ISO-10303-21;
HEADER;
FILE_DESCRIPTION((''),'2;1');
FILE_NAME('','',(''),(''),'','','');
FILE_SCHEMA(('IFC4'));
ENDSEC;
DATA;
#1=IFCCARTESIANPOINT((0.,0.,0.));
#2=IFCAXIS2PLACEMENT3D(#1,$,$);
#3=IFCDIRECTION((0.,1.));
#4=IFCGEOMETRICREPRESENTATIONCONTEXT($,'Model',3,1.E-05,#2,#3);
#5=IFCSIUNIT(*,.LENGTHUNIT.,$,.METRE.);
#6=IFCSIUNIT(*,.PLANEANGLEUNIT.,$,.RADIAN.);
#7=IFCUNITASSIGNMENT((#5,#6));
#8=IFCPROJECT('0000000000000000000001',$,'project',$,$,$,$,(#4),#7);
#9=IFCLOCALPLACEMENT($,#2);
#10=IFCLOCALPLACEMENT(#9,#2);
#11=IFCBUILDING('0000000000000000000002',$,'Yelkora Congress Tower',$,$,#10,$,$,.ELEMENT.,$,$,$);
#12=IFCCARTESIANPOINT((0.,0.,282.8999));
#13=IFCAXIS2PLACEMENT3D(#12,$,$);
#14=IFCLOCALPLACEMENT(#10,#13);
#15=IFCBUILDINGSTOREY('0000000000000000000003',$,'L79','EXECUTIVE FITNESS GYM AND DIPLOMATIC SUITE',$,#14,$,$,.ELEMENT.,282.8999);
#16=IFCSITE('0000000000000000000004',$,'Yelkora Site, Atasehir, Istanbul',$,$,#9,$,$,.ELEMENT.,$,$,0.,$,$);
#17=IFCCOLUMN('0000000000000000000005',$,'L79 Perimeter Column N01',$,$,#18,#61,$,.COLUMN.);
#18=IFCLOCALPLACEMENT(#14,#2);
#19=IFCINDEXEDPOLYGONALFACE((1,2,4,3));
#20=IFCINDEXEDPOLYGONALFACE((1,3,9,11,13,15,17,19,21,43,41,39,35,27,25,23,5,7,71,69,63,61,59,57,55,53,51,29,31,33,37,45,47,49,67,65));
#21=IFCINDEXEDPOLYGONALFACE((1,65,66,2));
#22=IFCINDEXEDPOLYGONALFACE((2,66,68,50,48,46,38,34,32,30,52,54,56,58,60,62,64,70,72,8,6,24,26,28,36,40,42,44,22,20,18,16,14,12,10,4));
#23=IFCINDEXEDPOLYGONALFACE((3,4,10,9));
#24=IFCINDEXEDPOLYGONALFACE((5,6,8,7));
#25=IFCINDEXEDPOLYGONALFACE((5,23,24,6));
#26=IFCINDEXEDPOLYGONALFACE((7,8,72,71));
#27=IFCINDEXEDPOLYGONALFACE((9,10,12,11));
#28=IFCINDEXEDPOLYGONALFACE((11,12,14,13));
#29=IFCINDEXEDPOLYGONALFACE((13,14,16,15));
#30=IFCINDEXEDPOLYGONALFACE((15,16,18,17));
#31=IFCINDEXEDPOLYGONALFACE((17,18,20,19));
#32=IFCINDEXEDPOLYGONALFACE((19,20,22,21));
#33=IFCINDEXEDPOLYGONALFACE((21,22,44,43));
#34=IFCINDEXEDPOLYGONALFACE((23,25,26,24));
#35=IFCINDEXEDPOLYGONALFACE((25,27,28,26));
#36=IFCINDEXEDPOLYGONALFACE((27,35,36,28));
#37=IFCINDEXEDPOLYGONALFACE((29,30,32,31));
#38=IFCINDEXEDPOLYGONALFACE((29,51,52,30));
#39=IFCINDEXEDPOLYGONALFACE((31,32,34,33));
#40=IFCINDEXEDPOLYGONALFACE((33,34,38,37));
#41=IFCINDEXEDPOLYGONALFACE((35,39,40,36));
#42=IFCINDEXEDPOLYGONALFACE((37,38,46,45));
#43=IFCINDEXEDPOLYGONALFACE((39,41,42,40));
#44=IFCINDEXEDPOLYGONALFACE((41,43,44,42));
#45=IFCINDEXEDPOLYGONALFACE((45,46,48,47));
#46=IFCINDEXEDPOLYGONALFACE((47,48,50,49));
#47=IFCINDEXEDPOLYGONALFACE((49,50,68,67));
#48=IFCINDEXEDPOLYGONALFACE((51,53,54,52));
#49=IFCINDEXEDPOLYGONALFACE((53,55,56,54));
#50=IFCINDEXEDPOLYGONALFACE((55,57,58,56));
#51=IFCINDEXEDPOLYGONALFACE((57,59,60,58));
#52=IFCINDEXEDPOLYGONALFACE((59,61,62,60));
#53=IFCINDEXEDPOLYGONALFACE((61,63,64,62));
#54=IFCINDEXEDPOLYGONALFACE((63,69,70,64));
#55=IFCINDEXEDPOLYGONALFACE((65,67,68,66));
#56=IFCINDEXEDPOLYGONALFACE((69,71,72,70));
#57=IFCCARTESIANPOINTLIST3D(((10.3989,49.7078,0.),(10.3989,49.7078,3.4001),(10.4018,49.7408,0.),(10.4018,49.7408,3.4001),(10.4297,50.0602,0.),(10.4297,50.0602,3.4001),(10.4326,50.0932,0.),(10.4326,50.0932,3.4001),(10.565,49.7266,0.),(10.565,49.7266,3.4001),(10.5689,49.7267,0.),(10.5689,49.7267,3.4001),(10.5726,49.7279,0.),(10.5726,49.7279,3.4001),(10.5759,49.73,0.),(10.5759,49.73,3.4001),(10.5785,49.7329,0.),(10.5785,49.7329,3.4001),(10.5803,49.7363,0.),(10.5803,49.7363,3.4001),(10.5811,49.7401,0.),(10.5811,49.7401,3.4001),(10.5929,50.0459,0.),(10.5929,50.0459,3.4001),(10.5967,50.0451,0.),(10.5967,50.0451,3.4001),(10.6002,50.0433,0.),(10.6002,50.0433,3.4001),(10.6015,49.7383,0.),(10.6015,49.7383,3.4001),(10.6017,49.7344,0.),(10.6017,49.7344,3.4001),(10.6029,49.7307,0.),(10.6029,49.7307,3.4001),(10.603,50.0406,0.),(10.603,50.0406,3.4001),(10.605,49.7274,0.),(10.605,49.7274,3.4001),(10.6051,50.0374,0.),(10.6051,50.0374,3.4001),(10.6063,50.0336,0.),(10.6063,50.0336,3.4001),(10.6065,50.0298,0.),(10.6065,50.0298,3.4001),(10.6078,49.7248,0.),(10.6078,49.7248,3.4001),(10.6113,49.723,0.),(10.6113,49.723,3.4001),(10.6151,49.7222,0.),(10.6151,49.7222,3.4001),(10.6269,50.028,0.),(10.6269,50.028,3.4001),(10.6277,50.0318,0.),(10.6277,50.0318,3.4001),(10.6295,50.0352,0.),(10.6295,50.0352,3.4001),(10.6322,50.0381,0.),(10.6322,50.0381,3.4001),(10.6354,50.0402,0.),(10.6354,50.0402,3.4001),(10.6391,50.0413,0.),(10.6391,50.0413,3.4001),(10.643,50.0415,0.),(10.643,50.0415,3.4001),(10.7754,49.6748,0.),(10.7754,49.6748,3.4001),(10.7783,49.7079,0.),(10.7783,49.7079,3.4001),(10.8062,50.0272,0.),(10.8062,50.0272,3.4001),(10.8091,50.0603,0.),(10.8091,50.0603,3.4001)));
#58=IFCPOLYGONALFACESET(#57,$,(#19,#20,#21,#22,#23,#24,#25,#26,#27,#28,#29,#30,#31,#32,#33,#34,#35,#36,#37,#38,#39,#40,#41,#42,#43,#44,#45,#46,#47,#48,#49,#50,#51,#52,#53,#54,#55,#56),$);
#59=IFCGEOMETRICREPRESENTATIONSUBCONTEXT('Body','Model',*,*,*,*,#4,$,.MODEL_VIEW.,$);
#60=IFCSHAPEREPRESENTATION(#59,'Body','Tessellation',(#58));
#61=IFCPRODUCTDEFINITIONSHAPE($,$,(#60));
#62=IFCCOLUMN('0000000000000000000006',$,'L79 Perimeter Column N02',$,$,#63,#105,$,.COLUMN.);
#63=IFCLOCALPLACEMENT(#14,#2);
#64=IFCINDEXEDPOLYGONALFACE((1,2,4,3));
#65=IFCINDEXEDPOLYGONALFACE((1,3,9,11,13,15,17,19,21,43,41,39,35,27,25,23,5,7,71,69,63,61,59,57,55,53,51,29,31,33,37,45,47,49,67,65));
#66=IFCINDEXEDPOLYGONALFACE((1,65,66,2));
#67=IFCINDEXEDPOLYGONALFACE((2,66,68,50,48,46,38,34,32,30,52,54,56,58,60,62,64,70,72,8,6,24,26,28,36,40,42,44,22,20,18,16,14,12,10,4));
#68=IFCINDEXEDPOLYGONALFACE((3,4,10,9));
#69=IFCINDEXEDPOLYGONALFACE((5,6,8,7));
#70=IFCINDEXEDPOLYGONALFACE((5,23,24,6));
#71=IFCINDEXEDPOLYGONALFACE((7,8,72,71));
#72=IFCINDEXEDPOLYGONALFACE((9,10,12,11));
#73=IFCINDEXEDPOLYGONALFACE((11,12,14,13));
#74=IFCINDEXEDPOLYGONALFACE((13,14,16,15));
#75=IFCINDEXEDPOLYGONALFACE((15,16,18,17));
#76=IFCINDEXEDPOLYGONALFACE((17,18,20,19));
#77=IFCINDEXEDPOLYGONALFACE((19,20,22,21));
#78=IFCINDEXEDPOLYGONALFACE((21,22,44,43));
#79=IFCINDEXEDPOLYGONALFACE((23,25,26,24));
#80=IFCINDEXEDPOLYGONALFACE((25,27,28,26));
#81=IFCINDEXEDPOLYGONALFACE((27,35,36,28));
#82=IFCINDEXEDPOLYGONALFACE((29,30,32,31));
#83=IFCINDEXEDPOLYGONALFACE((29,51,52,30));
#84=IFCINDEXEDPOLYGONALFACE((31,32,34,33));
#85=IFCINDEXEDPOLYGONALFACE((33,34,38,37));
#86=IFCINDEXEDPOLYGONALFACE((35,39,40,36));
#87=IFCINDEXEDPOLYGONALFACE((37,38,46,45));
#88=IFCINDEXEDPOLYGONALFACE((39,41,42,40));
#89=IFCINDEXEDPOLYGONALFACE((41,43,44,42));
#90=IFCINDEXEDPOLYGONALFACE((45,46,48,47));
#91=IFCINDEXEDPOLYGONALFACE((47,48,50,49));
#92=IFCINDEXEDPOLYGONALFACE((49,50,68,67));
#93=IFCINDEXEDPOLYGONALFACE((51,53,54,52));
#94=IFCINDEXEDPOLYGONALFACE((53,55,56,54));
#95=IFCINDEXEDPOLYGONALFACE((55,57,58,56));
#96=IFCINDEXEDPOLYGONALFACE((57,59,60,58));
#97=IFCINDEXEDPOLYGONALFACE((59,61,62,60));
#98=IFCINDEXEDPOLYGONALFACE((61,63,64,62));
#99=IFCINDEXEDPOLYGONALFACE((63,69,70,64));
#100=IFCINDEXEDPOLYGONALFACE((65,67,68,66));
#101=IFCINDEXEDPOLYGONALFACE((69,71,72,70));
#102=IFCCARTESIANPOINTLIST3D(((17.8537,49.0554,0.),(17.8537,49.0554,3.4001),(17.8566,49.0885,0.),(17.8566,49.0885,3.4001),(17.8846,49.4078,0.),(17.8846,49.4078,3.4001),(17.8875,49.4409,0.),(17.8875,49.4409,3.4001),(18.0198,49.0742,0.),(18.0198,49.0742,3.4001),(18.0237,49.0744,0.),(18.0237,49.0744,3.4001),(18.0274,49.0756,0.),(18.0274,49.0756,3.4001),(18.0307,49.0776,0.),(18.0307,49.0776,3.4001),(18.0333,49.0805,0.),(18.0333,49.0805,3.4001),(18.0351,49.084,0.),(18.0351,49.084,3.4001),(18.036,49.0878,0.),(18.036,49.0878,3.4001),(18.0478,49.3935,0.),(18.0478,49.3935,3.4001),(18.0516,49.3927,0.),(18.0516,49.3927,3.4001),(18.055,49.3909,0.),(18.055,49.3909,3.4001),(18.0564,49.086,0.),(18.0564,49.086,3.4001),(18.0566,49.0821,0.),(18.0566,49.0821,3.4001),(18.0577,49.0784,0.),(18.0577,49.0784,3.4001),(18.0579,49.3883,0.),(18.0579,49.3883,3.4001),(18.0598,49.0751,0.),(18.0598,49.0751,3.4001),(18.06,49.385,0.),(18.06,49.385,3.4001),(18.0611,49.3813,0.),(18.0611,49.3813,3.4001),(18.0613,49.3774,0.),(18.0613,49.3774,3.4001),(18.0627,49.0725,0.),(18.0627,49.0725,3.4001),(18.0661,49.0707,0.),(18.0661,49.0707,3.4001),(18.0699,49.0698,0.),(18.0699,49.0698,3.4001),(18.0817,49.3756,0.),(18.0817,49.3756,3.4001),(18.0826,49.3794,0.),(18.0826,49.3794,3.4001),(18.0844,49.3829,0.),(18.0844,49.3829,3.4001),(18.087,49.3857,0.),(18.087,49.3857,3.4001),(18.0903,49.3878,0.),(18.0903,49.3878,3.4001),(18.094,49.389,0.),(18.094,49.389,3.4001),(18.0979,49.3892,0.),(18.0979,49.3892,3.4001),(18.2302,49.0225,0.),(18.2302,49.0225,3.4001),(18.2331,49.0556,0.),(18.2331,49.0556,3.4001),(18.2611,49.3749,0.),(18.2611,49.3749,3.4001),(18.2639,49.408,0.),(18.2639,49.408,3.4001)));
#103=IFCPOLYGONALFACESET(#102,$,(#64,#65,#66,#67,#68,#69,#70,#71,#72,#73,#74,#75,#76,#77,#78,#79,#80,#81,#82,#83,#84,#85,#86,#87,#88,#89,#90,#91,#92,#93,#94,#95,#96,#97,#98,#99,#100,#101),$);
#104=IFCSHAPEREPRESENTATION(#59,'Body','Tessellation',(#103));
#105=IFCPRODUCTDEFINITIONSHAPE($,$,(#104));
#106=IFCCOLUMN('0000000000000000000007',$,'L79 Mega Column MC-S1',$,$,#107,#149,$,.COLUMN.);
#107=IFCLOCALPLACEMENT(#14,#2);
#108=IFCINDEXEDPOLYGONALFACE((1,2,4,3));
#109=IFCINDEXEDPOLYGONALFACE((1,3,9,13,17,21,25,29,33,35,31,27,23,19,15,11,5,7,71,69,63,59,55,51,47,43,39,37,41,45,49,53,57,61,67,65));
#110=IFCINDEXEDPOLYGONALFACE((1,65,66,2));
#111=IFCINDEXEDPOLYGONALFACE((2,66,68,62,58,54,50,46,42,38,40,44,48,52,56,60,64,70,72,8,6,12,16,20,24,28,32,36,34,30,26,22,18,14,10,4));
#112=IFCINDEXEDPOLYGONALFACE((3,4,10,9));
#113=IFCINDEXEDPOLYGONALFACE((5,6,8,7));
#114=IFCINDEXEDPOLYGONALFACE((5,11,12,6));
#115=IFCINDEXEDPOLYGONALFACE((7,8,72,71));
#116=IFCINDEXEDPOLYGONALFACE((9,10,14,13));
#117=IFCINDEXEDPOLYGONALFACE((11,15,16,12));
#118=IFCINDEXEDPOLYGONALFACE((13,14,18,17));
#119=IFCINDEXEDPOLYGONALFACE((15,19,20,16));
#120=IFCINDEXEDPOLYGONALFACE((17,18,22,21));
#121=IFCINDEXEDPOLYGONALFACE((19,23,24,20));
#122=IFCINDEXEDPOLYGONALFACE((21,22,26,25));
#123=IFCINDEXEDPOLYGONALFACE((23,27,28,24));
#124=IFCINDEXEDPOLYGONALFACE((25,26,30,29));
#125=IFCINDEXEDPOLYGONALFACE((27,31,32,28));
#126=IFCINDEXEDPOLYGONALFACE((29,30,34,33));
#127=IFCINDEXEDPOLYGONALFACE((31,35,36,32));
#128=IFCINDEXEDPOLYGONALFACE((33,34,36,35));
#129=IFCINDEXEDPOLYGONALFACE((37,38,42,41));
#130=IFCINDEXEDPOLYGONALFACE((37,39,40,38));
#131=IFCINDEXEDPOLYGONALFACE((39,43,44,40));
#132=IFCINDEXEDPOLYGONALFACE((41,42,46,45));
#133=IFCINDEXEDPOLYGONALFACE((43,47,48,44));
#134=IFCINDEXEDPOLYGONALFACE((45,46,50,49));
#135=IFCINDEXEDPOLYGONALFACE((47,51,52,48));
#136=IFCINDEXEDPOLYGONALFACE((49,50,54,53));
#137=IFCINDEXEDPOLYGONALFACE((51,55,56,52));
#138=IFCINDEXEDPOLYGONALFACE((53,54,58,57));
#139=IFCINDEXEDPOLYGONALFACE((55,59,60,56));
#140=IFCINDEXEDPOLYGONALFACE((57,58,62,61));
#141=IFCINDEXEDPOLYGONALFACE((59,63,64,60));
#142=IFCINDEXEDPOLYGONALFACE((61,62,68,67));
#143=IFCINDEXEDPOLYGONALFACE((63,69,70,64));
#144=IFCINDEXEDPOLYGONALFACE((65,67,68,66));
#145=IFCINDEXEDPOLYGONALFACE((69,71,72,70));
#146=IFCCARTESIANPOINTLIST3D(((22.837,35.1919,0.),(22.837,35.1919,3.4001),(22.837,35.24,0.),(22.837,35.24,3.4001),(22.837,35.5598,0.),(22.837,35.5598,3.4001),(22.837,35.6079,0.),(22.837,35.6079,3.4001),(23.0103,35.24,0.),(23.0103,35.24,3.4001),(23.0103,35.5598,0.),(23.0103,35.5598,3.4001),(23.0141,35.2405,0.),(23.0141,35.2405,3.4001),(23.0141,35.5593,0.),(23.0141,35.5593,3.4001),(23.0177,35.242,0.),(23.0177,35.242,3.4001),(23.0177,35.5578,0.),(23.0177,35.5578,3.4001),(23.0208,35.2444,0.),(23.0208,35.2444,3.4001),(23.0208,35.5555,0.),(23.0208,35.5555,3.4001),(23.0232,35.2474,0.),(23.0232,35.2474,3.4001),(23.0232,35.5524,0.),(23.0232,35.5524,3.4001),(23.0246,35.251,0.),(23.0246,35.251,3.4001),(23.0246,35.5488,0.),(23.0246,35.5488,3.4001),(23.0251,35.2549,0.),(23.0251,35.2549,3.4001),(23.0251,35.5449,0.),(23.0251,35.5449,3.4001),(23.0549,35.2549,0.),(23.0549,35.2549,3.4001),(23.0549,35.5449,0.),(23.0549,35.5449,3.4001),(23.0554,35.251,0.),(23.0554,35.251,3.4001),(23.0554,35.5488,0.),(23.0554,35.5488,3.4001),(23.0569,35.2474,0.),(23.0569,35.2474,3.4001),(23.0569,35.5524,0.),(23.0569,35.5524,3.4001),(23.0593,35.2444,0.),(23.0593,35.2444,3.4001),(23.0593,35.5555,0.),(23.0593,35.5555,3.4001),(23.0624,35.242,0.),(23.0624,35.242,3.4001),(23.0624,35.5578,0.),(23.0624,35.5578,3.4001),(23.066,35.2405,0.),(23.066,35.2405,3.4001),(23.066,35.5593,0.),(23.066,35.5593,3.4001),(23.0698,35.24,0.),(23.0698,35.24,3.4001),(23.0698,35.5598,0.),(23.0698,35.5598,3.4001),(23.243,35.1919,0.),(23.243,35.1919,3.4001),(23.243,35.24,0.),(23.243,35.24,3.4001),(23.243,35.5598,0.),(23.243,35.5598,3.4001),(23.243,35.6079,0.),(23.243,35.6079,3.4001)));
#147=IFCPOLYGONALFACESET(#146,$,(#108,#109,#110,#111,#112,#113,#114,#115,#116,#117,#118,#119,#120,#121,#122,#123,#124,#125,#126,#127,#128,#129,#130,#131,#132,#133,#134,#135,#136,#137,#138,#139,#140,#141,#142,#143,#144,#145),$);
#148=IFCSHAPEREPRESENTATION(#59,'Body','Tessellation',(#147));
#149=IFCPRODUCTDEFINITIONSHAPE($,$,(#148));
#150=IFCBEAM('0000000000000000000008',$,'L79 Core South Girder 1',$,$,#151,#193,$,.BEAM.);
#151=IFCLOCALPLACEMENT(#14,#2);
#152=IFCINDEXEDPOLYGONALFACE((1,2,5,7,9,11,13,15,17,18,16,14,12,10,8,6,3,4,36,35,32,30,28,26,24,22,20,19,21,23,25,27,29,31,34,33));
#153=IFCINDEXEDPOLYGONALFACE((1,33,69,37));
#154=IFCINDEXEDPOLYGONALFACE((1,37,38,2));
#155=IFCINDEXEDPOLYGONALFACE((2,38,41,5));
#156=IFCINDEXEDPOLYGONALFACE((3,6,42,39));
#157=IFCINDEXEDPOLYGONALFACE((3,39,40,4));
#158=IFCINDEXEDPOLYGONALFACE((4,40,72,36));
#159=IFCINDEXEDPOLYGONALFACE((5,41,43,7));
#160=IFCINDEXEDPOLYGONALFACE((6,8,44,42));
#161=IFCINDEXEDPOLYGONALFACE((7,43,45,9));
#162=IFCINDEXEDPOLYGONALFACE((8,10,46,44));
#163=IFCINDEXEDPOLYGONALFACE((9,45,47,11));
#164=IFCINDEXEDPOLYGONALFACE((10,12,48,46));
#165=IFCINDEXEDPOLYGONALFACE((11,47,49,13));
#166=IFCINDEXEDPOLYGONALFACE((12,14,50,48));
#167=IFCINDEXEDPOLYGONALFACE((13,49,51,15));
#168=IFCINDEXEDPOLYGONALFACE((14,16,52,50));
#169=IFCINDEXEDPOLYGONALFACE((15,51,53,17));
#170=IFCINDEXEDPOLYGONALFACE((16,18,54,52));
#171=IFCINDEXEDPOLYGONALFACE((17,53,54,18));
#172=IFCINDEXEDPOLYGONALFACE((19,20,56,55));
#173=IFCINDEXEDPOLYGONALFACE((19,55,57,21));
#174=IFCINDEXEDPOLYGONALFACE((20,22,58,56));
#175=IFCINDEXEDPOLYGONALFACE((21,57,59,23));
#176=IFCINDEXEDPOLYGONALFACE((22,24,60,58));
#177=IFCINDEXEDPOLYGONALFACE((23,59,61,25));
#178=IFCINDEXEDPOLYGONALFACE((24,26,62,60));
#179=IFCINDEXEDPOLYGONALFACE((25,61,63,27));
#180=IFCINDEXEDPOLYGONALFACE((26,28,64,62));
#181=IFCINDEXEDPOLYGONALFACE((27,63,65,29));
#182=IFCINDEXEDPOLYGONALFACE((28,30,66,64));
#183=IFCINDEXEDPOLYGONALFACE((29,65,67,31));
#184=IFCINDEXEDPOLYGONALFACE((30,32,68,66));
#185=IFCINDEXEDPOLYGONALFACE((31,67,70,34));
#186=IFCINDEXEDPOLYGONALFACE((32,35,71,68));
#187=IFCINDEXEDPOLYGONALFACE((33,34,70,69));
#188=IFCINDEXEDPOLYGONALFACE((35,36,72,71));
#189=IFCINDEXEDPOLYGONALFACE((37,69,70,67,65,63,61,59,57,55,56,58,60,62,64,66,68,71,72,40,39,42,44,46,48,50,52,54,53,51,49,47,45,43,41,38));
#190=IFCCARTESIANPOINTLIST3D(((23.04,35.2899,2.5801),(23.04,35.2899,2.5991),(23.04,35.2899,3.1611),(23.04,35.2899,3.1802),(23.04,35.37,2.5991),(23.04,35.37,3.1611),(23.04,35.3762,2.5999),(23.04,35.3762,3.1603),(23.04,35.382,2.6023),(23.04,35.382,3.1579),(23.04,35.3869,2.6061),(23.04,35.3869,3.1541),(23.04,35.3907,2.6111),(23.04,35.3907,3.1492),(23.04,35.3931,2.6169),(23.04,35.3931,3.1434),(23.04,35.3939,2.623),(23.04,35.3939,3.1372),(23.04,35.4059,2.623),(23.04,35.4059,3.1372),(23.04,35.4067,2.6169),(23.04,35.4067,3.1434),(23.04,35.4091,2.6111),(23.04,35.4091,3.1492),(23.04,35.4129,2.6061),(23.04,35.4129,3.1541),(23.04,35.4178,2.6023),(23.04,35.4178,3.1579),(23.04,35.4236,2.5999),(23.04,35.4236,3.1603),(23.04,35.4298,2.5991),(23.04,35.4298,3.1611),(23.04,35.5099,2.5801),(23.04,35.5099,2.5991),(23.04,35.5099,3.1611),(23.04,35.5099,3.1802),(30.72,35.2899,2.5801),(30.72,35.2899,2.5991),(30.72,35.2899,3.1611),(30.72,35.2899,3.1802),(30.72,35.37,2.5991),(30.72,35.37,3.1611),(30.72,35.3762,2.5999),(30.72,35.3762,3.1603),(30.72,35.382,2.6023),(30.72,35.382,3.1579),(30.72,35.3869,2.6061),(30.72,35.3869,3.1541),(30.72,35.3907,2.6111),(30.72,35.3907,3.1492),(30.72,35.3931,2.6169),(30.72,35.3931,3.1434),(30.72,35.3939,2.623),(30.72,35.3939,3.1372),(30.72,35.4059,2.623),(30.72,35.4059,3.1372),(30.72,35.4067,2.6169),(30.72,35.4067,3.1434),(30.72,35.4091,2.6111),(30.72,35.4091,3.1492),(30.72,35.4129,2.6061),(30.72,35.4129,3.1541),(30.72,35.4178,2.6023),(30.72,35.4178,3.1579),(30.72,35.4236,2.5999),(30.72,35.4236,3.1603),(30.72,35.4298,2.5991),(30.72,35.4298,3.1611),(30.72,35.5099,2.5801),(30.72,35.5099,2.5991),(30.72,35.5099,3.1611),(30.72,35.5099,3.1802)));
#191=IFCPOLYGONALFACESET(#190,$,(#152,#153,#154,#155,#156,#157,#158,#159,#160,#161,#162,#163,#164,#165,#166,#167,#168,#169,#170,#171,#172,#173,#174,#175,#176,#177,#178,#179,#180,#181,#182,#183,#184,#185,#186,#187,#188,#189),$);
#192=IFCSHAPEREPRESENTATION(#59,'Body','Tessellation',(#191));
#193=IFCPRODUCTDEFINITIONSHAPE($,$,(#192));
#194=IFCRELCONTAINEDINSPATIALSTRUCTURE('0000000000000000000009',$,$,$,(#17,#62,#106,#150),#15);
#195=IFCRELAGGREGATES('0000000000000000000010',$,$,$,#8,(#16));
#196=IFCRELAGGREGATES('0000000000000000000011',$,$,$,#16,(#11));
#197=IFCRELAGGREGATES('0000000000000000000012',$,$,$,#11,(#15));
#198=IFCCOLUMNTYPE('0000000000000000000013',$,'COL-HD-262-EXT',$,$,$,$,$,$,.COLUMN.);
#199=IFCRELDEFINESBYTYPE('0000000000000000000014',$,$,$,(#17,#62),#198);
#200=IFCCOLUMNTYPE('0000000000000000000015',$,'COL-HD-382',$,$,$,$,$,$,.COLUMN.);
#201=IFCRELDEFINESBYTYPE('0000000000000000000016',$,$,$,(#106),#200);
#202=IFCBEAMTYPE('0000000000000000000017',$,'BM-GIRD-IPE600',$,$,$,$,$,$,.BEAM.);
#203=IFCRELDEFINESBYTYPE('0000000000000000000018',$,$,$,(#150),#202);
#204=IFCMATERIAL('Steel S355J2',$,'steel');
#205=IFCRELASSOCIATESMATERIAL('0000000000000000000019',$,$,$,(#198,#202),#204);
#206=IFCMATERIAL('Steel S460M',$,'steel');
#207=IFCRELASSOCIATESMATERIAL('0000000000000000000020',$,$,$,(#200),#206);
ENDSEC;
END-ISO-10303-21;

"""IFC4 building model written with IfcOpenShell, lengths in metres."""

from ifc_helpers import new_model, si_unit, direction, frame, origin, origin_2d, place, context, subcontext, project, spatial, i_section, extrude, material, material_profile, profile_set, type_object, element, save


model = new_model("IFC4")

# Units and contexts
model_context = context("Model", 3, precision=1e-05, world=origin(), true_north=direction((0.0, 1.0)))
body_context = subcontext(model_context, "Body", "Model", "MODEL_VIEW")
ifc_project = project(units=[si_unit("LENGTHUNIT", "METRE"), si_unit("PLANEANGLEUNIT", "RADIAN")], contexts=[model_context])

# Site, building, storey
site_placement = place(None, origin())
site = spatial("IfcSite", under=ifc_project, at=site_placement, Name="Yelkora Site, Atasehir, Istanbul", CompositionType="ELEMENT", RefElevation=0.0)
building_placement = place(site_placement, origin())
building = spatial("IfcBuilding", under=site, at=building_placement, Name="Yelkora Congress Tower", CompositionType="ELEMENT")
storey_placement = place(building_placement, frame((0.0, 0.0, 282.8999)))
storey = spatial("IfcBuildingStorey", under=building, at=storey_placement, Name="L79", Description="EXECUTIVE FITNESS GYM AND DIPLOMATIC SUITE", CompositionType="ELEMENT", Elevation=282.8999)

# Columns
ifc_material_1 = material(Name="Steel S355J2", Category="steel")
ifc_material_profile_1 = material_profile(ifc_material_1, i_section(OverallWidth=0.3779, OverallDepth=0.387, WebThickness=0.0205, FlangeThickness=0.0332, FilletRadius=0.0149, at=origin_2d()), Name="HD 360x262")
ifc_profile_set_1 = profile_set([ifc_material_profile_1], Name="Steel S355J2")
column_type_1 = type_object("IfcColumnType", Name="COL-HD-262-EXT", PredefinedType="COLUMN", material=ifc_profile_set_1)
for number, where, z_axis, x_axis, name in (
    (1, (10.604, 49.884, 0.0), (0.0, 0.0, 1.0), (0.996195, -0.087156, 0.0), "L79 Perimeter Column N01"),
    (2, (18.0588, 49.2317, 0.0), (0.0, 0.0, 1.0), (0.996195, -0.087156, 0.0), "L79 Perimeter Column N02"),
):
    element("IfcColumn", number, at=place(storey_placement, frame(where, z_axis=z_axis, x_axis=x_axis)), inside=storey, type_object=column_type_1, Name=name, PredefinedType="COLUMN", context=body_context, shape_type="SweptSolid", body=[
        extrude(i_section(OverallWidth=0.3779, OverallDepth=0.387, WebThickness=0.0205, FlangeThickness=0.0332, FilletRadius=0.0149, at=origin_2d()), origin(), (0.0, 0.0, 1.0), 3.4001),
    ])
ifc_material_2 = material(Name="Steel S460M", Category="steel")
ifc_material_profile_2 = material_profile(ifc_material_2, i_section(OverallWidth=0.406, OverallDepth=0.416, WebThickness=0.0298, FlangeThickness=0.0481, FilletRadius=0.0149, at=origin_2d()), Name="HD 400x382")
ifc_profile_set_2 = profile_set([ifc_material_profile_2], Name="Steel S460M")
column_type_2 = type_object("IfcColumnType", Name="COL-HD-382", PredefinedType="COLUMN", material=ifc_profile_set_2)
column_placement = place(storey_placement, frame((23.04, 35.3999, 0.0), z_axis=(0.0, 0.0, 1.0), x_axis=(1.0, 0.0, 0.0)))
element("IfcColumn", 3, at=column_placement, inside=storey, type_object=column_type_2, Name="L79 Mega Column MC-S1", PredefinedType="COLUMN", context=body_context, shape_type="SweptSolid", body=[
    extrude(i_section(OverallWidth=0.406, OverallDepth=0.416, WebThickness=0.0298, FlangeThickness=0.0481, FilletRadius=0.0149, at=origin_2d()), origin(), (0.0, 0.0, 1.0), 3.4001),
])

# Beam
ifc_material_profile_3 = material_profile(ifc_material_1, i_section(OverallWidth=0.22, OverallDepth=0.6001, WebThickness=0.012, FlangeThickness=0.019, FilletRadius=0.0239, at=origin_2d()), Name="IPE 600")
ifc_profile_set_3 = profile_set([ifc_material_profile_3], Name="Steel S355J2")
beam_type_1 = type_object("IfcBeamType", Name="BM-GIRD-IPE600", PredefinedType="BEAM", material=ifc_profile_set_3)
beam_1_placement = place(storey_placement, frame((23.04, 35.3999, 2.8801), z_axis=(1.0, 0.0, 0.0), x_axis=(0.0, 1.0, 0.0)))
element("IfcBeam", 4, at=beam_1_placement, inside=storey, type_object=beam_type_1, Name="L79 Core South Girder 1", PredefinedType="BEAM", context=body_context, shape_type="SweptSolid", body=[
    extrude(i_section(OverallWidth=0.22, OverallDepth=0.6001, WebThickness=0.012, FlangeThickness=0.019, FilletRadius=0.0239, at=origin_2d()), origin(), (0.0, 0.0, 1.0), 7.6799),
])

save(model, "model.ifc")
